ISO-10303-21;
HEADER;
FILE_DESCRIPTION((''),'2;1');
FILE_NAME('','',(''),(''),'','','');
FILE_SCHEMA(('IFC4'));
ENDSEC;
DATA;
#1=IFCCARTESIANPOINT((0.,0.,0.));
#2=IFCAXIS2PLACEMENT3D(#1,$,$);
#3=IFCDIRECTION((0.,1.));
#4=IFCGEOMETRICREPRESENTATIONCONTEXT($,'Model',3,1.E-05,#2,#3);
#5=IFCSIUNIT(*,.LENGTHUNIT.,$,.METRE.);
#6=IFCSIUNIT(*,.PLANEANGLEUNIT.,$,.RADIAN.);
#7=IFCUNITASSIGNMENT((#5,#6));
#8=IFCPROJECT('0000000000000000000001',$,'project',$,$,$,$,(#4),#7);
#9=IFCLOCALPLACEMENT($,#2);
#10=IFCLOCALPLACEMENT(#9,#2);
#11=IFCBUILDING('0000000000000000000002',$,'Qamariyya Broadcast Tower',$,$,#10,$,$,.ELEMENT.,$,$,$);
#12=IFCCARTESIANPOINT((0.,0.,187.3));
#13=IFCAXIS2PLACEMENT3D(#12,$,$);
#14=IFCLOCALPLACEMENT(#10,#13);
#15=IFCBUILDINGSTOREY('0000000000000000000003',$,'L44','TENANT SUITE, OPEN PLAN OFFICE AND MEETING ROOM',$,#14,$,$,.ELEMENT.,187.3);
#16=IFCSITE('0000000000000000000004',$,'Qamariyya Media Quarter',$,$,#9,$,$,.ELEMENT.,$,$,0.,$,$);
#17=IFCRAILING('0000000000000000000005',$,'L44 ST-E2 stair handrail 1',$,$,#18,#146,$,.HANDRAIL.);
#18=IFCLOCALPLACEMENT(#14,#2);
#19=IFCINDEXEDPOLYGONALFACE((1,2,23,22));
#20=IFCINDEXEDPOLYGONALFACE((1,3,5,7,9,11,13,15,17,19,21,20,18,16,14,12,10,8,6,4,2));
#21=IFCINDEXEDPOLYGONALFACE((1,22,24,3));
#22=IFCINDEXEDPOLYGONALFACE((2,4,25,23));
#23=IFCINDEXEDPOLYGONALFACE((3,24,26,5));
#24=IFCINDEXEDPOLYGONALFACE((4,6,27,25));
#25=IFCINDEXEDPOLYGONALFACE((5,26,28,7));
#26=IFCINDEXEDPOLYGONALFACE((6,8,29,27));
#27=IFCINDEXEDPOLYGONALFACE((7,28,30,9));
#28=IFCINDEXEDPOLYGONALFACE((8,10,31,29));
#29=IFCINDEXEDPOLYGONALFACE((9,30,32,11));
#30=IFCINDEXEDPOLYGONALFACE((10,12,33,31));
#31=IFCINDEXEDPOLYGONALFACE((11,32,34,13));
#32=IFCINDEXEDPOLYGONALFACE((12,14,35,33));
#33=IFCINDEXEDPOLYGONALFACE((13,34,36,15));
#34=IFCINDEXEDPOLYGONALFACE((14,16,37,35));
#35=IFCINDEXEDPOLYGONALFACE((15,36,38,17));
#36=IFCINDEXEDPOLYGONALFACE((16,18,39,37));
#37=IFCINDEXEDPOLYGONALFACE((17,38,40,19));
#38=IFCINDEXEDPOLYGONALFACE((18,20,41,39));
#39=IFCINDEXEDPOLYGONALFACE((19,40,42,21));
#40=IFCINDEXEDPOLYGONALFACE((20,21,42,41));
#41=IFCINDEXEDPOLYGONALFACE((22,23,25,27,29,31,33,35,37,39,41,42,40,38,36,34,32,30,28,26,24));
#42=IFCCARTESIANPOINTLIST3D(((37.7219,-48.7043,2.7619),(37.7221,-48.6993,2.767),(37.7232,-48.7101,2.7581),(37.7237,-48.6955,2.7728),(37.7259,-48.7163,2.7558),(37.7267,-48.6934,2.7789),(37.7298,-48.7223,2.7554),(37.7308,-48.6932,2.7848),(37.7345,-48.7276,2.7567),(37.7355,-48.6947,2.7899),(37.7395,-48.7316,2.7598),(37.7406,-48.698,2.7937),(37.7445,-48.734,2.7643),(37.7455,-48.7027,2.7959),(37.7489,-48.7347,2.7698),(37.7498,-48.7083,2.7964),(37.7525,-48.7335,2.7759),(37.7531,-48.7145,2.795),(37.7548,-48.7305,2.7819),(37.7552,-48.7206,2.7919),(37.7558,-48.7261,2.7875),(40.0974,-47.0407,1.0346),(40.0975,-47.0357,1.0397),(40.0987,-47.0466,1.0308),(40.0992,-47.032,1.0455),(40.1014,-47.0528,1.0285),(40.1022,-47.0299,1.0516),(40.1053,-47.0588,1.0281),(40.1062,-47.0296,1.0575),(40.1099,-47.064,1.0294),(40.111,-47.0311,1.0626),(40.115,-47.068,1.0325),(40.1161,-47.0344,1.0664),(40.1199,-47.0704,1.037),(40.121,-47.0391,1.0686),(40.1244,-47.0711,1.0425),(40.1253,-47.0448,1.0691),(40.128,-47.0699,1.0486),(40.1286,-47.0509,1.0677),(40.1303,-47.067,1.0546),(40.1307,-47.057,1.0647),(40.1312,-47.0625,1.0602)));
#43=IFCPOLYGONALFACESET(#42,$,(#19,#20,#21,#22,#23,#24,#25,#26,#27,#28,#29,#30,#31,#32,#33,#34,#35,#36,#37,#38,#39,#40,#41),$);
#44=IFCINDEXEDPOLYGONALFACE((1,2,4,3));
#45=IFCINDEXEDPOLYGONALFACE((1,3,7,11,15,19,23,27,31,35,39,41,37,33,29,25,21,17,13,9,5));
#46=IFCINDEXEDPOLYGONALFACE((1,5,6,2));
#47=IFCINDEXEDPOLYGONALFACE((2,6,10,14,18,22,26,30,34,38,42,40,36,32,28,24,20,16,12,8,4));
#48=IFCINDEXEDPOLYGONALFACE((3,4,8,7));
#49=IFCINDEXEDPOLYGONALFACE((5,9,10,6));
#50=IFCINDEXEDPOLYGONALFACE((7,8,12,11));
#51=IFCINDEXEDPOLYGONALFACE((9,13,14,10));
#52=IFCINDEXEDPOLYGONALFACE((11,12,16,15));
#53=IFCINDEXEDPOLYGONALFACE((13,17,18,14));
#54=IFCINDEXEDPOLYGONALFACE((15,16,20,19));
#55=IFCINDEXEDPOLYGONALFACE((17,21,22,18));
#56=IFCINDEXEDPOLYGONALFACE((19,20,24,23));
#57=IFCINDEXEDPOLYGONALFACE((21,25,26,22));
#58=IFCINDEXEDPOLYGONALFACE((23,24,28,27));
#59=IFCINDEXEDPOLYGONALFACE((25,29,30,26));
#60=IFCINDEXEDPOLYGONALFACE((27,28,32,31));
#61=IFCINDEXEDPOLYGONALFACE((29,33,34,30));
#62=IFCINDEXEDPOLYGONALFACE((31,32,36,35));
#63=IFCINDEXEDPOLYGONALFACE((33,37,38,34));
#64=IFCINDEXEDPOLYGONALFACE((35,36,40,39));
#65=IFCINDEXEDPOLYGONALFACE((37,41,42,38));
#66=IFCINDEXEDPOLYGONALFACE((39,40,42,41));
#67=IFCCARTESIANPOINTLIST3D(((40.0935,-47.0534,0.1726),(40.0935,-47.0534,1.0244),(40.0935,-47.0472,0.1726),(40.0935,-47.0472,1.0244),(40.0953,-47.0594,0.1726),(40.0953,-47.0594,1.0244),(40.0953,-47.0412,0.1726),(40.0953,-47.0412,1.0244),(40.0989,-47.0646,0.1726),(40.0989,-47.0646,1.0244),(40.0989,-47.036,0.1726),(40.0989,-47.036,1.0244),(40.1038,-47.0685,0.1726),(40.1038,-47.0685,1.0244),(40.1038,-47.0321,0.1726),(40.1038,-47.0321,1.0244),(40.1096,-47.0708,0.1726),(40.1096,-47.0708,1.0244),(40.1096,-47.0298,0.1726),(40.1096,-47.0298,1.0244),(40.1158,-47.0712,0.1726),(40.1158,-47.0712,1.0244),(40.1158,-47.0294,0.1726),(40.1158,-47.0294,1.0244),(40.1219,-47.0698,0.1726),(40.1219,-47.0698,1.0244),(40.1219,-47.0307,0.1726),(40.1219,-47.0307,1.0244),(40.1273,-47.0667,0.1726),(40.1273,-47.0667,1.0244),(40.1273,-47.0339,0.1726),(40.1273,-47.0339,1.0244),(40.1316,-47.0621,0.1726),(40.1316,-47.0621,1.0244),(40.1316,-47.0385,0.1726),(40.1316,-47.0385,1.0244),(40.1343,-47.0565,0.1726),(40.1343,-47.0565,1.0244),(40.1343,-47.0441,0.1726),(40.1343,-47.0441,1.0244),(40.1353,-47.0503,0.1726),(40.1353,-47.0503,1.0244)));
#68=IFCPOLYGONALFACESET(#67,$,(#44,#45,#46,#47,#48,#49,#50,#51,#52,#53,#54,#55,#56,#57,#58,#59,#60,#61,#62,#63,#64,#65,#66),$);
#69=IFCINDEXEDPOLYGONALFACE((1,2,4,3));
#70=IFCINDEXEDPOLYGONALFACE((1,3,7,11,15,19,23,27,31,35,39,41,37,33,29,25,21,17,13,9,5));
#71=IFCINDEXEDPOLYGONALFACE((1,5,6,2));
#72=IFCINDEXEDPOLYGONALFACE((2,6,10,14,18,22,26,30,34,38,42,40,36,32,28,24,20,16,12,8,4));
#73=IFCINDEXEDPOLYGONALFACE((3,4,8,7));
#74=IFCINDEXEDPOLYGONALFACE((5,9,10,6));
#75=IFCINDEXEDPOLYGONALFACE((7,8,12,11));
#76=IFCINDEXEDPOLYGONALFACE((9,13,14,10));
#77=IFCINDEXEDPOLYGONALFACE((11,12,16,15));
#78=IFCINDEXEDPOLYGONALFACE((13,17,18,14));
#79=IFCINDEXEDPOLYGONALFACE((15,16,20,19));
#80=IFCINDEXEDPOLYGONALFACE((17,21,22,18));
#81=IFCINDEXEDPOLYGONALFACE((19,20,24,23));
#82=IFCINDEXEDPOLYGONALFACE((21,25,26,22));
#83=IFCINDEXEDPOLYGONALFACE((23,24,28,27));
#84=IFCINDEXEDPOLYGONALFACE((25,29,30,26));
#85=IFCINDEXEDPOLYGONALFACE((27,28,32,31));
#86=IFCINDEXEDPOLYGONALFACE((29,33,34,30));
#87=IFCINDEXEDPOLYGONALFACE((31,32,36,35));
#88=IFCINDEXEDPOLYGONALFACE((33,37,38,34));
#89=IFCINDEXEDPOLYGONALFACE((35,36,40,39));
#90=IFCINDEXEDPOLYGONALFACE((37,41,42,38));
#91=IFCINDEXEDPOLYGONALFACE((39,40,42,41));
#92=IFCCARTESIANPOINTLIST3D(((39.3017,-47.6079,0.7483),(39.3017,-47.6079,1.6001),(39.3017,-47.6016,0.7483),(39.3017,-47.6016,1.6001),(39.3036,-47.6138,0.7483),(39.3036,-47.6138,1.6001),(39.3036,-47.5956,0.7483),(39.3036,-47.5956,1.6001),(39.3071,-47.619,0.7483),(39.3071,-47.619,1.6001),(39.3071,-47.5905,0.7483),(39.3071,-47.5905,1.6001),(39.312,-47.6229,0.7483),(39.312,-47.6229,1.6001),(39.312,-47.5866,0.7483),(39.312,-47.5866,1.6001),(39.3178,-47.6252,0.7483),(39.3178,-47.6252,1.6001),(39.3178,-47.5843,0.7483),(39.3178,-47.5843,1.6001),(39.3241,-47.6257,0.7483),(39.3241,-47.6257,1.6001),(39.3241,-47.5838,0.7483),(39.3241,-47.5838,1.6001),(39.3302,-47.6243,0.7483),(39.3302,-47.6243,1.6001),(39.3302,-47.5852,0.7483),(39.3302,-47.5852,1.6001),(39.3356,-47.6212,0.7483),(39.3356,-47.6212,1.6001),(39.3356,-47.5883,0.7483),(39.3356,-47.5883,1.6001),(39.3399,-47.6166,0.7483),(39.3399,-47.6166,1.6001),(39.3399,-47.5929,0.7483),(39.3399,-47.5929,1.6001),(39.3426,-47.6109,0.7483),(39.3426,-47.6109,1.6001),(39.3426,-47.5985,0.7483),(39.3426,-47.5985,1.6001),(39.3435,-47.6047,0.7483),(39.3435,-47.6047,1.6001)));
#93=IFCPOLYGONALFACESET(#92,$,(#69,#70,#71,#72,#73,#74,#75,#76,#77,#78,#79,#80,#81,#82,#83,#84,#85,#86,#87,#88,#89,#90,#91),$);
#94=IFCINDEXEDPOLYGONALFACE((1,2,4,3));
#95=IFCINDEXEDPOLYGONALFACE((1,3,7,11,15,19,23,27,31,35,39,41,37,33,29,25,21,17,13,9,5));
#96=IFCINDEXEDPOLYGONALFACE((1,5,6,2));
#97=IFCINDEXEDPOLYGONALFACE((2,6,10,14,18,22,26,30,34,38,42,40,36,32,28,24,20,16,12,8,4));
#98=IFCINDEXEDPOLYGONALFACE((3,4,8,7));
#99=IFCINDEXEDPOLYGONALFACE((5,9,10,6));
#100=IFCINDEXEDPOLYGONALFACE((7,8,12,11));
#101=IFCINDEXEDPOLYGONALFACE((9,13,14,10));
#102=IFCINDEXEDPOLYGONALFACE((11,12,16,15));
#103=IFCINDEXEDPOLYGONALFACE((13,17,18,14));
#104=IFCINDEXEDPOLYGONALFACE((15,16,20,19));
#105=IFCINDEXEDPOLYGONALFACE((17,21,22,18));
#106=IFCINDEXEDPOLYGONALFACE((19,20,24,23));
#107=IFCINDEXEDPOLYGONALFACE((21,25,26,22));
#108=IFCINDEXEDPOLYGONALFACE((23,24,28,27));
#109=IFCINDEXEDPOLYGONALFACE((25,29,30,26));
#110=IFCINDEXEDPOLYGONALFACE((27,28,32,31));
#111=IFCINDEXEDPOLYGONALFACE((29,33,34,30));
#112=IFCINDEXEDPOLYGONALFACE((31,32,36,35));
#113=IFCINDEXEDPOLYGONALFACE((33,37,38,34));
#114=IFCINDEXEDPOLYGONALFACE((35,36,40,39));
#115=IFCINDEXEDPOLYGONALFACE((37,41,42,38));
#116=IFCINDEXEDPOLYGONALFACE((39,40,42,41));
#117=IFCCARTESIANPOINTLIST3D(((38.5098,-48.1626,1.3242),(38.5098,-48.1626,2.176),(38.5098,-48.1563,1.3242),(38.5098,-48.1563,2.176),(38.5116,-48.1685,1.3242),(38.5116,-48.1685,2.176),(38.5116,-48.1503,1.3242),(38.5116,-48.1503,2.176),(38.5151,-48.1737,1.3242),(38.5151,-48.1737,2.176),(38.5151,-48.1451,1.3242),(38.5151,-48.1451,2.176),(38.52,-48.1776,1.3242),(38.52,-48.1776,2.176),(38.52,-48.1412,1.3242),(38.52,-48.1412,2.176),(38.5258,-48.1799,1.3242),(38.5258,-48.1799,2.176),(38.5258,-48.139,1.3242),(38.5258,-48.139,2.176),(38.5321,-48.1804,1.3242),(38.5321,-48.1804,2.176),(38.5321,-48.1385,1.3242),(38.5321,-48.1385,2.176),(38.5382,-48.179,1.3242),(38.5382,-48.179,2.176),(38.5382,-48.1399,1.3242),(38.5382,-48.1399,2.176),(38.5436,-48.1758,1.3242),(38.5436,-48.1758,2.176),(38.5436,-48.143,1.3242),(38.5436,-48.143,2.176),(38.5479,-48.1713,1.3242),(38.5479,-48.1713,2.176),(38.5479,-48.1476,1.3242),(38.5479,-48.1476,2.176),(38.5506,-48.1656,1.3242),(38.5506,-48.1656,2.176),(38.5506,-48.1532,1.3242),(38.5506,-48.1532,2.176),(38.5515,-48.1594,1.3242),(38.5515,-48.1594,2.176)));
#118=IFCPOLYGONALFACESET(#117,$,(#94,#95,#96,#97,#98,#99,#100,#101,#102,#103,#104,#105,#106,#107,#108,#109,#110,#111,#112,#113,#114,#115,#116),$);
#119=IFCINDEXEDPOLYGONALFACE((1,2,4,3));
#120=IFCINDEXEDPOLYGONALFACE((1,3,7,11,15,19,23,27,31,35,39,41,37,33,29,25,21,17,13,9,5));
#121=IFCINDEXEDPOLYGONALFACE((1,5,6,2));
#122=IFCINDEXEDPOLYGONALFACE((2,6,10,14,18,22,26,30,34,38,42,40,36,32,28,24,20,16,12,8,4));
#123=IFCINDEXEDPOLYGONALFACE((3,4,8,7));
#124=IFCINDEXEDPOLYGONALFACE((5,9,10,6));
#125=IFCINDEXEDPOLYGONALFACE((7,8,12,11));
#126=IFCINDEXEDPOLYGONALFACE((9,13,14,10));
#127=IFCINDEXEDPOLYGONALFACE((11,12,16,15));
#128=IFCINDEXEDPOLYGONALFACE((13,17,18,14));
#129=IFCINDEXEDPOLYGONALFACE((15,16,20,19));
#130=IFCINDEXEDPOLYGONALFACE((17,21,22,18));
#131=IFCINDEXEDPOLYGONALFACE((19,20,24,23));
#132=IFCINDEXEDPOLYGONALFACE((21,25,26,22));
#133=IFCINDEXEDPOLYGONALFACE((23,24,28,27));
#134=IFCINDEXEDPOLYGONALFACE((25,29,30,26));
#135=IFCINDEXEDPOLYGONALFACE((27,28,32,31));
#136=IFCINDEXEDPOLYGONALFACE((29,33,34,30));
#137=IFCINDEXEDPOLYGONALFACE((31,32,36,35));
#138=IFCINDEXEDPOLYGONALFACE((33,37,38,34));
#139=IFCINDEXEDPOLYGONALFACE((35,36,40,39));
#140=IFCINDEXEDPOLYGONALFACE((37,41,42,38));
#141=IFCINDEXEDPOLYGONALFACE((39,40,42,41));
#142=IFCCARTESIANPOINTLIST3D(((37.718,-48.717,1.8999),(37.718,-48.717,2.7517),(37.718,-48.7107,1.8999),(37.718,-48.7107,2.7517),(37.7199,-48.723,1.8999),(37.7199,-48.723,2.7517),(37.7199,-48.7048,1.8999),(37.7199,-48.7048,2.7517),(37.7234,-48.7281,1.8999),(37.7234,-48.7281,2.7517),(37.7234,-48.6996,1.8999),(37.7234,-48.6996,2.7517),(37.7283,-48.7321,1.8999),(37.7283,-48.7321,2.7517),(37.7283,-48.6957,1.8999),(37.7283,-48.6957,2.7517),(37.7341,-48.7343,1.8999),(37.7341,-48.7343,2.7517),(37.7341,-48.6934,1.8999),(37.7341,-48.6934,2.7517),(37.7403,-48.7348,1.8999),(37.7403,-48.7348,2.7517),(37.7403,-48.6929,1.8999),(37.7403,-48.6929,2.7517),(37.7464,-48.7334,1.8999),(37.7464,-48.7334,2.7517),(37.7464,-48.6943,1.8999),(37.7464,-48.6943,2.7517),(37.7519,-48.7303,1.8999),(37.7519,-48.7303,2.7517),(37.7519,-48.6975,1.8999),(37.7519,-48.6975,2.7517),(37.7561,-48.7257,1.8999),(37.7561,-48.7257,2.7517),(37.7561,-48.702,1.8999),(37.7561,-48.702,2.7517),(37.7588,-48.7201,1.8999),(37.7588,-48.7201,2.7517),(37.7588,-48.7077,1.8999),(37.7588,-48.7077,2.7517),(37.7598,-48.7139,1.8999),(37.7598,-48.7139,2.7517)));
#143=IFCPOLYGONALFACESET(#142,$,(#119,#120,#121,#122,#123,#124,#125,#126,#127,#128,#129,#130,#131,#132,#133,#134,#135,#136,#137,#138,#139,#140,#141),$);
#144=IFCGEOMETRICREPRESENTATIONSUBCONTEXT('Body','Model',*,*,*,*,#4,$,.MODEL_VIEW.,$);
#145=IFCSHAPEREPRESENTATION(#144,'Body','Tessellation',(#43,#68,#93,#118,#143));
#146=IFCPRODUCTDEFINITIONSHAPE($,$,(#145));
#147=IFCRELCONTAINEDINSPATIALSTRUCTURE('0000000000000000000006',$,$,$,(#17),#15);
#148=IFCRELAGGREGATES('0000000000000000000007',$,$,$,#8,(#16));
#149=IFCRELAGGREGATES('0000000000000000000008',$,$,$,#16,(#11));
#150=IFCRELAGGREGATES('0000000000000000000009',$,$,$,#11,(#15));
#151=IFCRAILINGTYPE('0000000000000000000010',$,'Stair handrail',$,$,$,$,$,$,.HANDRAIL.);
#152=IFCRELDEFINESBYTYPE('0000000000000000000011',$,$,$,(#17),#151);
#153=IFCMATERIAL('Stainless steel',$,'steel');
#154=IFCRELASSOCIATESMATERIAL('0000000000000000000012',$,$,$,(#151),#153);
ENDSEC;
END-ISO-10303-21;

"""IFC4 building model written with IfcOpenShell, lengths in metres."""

from ifc_helpers import new_model, si_unit, direction, frame, origin, origin_2d, place, context, subcontext, project, spatial, circle, extrude, material, type_object, element, save


model = new_model("IFC4")

# Units and contexts
model_context = context("Model", 3, precision=1e-05, world=origin(), true_north=direction((0.0, 1.0)))
body_context = subcontext(model_context, "Body", "Model", "MODEL_VIEW")
ifc_project = project(units=[si_unit("LENGTHUNIT", "METRE"), si_unit("PLANEANGLEUNIT", "RADIAN")], contexts=[model_context])

# Site, building, storey
site_placement = place(None, origin())
site = spatial("IfcSite", under=ifc_project, at=site_placement, Name="Qamariyya Media Quarter", CompositionType="ELEMENT", RefElevation=0.0)
building_placement = place(site_placement, origin())
building = spatial("IfcBuilding", under=site, at=building_placement, Name="Qamariyya Broadcast Tower", CompositionType="ELEMENT")
storey_placement = place(building_placement, frame((0.0, 0.0, 187.3)))
storey = spatial("IfcBuildingStorey", under=building, at=storey_placement, Name="L44", Description="TENANT SUITE, OPEN PLAN OFFICE AND MEETING ROOM", CompositionType="ELEMENT", Elevation=187.3)

# Railing
ifc_material_1 = material(Name="Stainless steel", Category="steel")
railing_type_1 = type_object("IfcRailingType", Name="Stair handrail", PredefinedType="HANDRAIL", material=ifc_material_1)
railing_1_placement = place(storey_placement, frame((40.1143, -47.0503, 0.1726)))
element("IfcRailing", 1, at=railing_1_placement, inside=storey, type_object=railing_type_1, Name="L44 ST-E2 stair handrail 1", PredefinedType="HANDRAIL", context=body_context, shape_type="SweptSolid", body=[
    extrude(circle(Radius=0.0239, at=origin_2d()), frame((0.0, 0.0, 0.876), z_axis=(-0.703745, -0.492838, 0.511716), x_axis=(0.573632, -0.819113, 0.0)), (0.0, 0.0, 1.0), 3.3755),
    extrude(circle(Radius=0.021, at=origin_2d()), origin(), (0.0, 0.0, 1.0), 0.8518),
    extrude(circle(Radius=0.021, at=origin_2d()), frame((-0.7917, -0.5544, 0.5757)), (0.0, 0.0, 1.0), 0.8518),
    extrude(circle(Radius=0.021, at=origin_2d()), frame((-1.5837, -1.1091, 1.1516)), (0.0, 0.0, 1.0), 0.8518),
    extrude(circle(Radius=0.021, at=origin_2d()), frame((-2.3755, -1.6636, 1.7273)), (0.0, 0.0, 1.0), 0.8518),
])

save(model, "model.ifc")
